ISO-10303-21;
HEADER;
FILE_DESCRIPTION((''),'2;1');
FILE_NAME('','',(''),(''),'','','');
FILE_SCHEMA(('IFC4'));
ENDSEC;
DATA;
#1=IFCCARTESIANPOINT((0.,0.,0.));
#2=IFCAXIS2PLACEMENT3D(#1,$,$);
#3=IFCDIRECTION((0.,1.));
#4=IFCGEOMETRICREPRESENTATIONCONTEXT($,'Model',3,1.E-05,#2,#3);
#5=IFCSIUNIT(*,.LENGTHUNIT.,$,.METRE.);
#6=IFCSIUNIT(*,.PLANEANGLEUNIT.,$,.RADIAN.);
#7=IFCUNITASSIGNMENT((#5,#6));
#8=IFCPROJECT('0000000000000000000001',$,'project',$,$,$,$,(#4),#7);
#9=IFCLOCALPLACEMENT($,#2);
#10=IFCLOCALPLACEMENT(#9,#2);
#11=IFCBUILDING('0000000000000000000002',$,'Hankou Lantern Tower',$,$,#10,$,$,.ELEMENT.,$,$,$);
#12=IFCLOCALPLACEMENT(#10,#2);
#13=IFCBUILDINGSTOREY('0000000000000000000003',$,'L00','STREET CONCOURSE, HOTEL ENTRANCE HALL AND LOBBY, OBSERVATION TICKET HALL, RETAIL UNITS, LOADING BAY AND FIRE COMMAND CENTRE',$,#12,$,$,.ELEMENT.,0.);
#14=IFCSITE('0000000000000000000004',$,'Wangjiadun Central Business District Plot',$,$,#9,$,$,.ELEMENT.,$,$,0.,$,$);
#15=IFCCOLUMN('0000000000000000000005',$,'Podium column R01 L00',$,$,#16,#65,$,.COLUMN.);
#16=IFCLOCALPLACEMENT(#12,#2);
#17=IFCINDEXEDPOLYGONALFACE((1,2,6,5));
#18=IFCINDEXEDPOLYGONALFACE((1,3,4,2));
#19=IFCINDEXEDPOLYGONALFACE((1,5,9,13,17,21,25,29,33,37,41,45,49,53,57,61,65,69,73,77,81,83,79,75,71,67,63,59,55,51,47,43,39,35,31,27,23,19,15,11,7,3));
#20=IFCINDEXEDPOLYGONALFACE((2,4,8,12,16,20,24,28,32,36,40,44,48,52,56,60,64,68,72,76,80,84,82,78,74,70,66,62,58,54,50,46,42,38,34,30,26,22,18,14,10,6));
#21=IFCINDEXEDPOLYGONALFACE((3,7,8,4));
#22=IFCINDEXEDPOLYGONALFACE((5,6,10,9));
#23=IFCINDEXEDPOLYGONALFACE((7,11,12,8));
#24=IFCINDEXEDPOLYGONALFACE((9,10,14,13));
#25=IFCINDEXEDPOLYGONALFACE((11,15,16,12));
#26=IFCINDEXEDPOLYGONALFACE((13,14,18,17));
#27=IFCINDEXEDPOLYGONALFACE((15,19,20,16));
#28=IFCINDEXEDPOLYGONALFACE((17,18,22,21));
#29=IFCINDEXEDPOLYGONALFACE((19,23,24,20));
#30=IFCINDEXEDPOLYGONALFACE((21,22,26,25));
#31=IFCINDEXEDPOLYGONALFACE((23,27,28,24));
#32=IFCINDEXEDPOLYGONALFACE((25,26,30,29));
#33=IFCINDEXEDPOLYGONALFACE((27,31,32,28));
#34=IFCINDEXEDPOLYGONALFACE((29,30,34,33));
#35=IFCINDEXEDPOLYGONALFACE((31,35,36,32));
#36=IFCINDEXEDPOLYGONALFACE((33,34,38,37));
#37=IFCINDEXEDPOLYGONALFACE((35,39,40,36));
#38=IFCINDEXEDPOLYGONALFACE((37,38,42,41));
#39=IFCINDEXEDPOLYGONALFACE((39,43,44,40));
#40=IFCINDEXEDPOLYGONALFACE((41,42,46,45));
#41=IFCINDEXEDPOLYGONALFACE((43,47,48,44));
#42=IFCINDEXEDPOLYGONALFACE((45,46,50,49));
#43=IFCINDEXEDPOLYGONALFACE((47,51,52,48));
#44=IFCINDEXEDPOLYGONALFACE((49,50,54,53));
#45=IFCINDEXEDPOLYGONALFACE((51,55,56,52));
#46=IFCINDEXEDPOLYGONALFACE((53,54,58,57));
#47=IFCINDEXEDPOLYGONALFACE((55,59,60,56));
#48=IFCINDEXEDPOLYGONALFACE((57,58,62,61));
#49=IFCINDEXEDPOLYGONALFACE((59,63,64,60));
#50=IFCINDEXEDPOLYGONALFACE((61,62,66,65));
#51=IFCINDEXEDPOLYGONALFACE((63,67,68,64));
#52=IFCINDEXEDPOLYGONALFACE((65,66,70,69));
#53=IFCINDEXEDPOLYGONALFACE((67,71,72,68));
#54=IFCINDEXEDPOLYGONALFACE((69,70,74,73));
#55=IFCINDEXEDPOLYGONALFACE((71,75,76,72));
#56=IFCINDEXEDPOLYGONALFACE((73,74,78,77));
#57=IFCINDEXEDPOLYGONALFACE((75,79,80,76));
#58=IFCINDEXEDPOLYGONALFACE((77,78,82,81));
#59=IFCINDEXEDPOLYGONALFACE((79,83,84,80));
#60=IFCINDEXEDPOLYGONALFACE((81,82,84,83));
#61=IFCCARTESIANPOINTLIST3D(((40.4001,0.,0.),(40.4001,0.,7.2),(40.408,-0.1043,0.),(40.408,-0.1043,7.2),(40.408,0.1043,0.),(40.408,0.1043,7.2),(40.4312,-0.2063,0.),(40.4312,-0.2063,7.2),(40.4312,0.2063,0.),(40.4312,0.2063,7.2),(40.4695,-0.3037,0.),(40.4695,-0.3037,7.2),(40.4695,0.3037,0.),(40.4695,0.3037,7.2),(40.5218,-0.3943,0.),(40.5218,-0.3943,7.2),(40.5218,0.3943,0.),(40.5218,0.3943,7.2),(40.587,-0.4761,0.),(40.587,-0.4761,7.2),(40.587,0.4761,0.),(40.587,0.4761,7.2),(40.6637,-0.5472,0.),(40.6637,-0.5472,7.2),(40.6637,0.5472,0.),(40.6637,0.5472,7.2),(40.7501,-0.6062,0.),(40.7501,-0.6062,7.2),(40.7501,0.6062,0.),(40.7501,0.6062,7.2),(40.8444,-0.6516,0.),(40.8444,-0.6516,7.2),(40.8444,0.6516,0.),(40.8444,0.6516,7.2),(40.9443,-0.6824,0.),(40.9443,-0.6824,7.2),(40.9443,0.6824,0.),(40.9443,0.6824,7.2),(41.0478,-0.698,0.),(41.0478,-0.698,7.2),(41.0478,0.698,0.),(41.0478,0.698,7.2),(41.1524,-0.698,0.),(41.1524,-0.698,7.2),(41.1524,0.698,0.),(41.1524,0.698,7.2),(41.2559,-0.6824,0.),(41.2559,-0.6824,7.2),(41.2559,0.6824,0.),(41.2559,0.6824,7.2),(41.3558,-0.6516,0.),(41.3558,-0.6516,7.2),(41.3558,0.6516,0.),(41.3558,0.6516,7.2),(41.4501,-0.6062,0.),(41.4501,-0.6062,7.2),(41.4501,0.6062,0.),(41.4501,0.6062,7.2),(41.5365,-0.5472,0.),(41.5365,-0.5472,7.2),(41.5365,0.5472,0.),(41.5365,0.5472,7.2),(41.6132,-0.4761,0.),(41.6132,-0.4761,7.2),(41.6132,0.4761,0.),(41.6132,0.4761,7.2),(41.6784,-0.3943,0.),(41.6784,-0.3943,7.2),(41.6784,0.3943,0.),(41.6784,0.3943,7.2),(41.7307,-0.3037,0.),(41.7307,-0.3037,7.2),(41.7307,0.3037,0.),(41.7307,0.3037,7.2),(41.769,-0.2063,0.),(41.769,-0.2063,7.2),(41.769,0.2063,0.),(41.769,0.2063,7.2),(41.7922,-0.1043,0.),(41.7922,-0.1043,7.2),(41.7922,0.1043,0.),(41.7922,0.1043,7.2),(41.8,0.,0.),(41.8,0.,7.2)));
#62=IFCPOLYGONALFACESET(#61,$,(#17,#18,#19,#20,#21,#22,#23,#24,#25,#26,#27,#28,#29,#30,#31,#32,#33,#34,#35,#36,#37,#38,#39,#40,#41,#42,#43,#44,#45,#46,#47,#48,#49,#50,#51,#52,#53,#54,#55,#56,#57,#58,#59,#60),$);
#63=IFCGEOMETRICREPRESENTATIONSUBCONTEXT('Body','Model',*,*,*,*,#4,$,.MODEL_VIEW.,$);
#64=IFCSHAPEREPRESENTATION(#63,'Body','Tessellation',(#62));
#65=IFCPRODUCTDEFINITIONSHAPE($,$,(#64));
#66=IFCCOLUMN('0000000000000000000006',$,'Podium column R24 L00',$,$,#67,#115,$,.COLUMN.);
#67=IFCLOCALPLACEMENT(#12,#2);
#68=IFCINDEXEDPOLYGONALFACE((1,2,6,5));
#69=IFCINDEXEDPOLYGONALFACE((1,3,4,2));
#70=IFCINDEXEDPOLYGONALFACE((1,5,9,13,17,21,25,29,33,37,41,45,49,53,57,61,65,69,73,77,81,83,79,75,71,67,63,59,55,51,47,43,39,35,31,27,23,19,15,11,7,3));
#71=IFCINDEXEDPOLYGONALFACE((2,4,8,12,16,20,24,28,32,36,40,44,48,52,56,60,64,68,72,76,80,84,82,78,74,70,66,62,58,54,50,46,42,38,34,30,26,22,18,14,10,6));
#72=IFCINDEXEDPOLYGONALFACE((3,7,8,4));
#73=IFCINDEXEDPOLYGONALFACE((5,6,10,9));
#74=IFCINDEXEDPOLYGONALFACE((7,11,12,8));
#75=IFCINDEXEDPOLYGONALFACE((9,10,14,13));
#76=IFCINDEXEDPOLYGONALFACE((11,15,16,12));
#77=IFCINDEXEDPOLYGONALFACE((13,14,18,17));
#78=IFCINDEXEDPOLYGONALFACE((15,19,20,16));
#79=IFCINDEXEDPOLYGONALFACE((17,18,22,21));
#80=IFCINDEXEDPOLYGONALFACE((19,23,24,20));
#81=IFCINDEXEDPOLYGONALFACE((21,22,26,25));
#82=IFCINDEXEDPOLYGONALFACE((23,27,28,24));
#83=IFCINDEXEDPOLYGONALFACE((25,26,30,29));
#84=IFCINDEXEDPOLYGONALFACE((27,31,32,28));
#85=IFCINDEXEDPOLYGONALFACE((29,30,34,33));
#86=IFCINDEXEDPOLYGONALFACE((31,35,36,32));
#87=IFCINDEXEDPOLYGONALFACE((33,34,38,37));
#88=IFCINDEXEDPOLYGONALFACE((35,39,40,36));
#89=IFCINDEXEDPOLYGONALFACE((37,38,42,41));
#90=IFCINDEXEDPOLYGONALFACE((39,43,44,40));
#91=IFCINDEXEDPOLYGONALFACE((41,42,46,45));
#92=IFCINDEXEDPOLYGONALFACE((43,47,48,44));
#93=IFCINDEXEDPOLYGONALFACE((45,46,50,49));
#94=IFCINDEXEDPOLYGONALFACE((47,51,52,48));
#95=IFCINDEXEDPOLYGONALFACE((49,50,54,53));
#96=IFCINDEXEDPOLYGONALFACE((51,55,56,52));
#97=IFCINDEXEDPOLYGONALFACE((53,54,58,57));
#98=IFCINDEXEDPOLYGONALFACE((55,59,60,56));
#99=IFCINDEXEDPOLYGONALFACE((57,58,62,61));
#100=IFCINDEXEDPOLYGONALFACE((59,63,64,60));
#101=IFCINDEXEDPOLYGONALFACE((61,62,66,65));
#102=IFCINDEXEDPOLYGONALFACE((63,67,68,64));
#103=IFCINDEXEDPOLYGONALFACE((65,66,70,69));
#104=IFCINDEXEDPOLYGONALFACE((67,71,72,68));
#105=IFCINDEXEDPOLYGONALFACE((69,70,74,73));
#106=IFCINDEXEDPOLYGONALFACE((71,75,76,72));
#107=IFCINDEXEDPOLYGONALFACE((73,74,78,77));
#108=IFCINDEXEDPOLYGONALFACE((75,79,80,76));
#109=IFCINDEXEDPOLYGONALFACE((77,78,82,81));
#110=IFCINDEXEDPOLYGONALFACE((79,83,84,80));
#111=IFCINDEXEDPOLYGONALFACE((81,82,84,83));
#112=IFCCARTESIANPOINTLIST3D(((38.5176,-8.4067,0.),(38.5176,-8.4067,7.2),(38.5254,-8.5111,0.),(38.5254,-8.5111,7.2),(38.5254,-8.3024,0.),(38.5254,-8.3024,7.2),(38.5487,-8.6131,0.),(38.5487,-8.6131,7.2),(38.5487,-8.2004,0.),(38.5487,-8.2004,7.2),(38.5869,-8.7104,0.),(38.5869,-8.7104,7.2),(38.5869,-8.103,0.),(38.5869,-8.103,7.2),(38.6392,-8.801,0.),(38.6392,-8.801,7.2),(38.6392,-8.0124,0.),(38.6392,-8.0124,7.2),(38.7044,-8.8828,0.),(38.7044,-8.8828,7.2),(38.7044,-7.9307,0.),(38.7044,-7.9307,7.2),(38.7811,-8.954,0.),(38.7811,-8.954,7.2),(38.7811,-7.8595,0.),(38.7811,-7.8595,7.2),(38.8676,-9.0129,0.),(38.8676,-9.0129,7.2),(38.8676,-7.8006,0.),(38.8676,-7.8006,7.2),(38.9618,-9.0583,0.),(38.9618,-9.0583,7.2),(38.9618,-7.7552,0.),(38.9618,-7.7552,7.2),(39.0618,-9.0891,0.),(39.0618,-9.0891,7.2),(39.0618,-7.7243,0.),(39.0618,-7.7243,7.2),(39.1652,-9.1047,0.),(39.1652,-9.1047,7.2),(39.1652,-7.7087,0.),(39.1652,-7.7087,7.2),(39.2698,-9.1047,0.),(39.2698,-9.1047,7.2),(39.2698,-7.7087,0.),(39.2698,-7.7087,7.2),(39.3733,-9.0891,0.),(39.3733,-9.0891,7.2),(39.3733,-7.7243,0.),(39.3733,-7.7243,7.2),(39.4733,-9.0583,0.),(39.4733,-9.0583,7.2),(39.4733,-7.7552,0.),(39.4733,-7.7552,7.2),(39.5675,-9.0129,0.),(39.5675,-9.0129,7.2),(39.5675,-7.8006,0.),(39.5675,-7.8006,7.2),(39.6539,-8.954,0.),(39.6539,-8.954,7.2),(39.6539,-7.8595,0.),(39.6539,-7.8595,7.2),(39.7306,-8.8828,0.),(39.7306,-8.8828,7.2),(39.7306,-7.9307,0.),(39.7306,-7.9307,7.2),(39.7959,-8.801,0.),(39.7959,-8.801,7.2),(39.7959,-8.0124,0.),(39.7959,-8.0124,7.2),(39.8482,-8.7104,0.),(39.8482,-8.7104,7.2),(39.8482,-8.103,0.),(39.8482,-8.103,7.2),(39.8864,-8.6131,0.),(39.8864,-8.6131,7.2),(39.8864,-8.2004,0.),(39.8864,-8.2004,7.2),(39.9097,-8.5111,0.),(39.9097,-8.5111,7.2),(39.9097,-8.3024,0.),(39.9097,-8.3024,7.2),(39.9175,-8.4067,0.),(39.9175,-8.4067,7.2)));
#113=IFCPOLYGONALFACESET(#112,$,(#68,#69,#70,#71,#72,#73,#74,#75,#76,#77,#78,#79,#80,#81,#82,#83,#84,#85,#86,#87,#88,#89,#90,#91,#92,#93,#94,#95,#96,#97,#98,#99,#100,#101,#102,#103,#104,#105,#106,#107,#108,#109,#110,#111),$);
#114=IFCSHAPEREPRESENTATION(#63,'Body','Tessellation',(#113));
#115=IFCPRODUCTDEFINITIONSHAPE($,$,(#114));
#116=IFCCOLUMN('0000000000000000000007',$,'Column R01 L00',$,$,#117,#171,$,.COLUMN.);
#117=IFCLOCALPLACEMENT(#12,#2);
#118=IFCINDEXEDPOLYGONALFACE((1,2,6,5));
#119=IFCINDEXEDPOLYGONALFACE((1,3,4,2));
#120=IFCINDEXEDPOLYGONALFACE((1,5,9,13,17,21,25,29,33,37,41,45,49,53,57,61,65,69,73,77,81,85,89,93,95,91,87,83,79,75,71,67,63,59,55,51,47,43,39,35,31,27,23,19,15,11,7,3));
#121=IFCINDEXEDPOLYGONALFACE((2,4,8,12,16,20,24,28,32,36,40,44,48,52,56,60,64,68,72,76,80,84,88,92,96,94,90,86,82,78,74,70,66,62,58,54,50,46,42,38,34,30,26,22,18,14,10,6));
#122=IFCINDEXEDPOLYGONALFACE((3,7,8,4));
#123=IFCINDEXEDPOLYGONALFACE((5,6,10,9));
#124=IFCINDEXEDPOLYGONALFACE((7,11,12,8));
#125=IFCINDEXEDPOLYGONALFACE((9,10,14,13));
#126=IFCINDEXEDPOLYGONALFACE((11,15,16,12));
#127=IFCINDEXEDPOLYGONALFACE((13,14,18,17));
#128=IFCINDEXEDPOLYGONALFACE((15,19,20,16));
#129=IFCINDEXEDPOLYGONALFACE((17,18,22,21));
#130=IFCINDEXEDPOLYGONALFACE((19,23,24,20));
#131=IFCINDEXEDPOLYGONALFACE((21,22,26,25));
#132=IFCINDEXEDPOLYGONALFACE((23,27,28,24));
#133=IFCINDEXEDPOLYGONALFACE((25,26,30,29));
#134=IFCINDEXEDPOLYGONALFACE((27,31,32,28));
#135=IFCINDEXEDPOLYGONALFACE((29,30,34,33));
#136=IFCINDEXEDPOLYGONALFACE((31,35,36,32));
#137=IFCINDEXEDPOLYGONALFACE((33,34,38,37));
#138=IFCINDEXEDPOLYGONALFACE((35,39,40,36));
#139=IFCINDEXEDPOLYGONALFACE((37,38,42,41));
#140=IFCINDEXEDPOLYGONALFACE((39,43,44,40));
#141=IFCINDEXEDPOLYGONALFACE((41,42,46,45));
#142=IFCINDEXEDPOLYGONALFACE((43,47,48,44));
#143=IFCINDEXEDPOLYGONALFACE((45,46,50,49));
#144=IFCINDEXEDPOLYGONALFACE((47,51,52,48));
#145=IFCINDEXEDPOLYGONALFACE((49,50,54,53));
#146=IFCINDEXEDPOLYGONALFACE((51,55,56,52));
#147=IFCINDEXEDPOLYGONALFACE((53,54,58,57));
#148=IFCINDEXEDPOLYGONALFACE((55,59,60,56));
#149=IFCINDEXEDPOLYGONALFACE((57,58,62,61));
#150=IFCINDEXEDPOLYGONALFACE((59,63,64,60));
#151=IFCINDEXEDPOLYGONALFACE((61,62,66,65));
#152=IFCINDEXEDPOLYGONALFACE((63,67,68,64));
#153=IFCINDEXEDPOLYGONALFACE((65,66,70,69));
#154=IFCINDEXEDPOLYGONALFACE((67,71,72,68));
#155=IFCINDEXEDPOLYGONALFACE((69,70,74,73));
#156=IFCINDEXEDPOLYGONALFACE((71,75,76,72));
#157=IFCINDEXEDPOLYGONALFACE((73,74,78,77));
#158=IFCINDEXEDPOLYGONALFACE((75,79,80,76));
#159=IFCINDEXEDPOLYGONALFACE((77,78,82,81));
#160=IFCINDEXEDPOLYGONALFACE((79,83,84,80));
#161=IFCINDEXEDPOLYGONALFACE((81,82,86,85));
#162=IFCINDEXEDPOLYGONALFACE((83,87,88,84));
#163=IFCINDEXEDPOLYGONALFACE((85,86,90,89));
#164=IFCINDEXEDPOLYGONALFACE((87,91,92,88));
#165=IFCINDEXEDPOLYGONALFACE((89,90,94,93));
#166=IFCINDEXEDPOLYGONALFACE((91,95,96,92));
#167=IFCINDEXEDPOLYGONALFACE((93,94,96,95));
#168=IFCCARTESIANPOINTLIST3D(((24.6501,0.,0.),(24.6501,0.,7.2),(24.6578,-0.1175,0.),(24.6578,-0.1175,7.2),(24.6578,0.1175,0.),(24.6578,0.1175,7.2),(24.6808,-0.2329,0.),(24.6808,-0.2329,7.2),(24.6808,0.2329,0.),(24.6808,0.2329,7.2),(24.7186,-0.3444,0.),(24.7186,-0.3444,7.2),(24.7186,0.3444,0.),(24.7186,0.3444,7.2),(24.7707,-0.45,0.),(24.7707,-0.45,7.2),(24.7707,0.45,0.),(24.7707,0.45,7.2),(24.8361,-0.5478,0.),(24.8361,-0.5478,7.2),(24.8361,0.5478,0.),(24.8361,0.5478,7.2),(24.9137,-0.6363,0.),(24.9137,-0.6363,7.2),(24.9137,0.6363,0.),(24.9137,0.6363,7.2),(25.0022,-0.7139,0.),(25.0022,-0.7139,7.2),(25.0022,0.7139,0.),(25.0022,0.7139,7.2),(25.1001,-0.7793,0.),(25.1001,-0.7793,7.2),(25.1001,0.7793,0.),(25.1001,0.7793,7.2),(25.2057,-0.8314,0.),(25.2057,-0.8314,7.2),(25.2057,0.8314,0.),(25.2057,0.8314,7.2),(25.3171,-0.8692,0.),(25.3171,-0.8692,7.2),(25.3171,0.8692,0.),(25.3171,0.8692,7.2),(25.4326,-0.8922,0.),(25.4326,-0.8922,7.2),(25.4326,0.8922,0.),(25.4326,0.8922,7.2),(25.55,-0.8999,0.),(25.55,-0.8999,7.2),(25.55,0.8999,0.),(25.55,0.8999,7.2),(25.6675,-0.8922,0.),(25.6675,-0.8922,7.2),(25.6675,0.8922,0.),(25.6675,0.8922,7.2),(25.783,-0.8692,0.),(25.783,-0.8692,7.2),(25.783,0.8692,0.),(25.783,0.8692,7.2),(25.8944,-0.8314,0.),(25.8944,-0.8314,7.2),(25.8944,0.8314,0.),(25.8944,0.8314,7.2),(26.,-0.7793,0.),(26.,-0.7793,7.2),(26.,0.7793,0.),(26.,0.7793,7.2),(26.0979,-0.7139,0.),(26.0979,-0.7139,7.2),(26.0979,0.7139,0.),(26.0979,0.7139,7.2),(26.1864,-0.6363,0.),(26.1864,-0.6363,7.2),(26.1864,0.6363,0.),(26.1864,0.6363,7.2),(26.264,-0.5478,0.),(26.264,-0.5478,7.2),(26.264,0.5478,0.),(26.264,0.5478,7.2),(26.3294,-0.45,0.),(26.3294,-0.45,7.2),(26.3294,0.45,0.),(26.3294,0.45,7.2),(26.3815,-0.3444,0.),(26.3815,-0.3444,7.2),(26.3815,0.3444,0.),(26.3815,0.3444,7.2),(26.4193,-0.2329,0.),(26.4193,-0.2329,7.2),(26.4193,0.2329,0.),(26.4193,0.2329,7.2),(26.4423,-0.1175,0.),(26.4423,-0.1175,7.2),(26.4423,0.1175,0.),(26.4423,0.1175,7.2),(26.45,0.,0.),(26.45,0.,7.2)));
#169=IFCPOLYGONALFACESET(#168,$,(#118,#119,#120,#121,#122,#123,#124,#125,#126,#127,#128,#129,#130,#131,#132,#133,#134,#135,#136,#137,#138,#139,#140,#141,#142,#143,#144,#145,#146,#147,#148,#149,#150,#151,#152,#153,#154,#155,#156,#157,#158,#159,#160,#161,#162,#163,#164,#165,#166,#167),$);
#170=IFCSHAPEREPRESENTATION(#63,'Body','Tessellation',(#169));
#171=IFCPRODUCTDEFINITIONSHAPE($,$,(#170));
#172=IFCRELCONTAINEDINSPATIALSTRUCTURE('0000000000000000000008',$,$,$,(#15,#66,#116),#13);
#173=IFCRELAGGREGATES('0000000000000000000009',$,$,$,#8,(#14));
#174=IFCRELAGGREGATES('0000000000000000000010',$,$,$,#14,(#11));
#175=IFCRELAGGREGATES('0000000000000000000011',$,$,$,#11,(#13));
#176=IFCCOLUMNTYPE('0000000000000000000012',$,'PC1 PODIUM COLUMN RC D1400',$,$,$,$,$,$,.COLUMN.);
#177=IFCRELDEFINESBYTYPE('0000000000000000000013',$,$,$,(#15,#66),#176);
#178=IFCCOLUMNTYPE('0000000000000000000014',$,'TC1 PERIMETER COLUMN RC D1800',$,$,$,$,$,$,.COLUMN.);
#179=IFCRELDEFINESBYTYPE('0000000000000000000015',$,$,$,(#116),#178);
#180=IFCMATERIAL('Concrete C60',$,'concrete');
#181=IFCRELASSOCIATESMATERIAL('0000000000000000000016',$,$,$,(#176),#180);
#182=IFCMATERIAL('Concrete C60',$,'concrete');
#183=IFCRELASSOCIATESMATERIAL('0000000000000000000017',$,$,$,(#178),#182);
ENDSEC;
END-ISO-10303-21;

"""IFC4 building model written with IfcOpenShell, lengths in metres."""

from ifc_helpers import new_model, si_unit, direction, frame, origin, origin_2d, place, context, subcontext, project, spatial, circle, extrude, material, material_profile, profile_set, type_object, element, save


model = new_model("IFC4")

# Units and contexts
model_context = context("Model", 3, precision=1e-05, world=origin(), true_north=direction((0.0, 1.0)))
body_context = subcontext(model_context, "Body", "Model", "MODEL_VIEW")
ifc_project = project(units=[si_unit("LENGTHUNIT", "METRE"), si_unit("PLANEANGLEUNIT", "RADIAN")], contexts=[model_context])

# Site, building, storey
site_placement = place(None, origin())
site = spatial("IfcSite", under=ifc_project, at=site_placement, Name="Wangjiadun Central Business District Plot", CompositionType="ELEMENT", RefElevation=0.0)
building_placement = place(site_placement, origin())
building = spatial("IfcBuilding", under=site, at=building_placement, Name="Hankou Lantern Tower", CompositionType="ELEMENT")
storey_placement = place(building_placement, origin())
storey = spatial("IfcBuildingStorey", under=building, at=storey_placement, Name="L00", Description="STREET CONCOURSE, HOTEL ENTRANCE HALL AND LOBBY, OBSERVATION TICKET HALL, RETAIL UNITS, LOADING BAY AND FIRE COMMAND CENTRE", CompositionType="ELEMENT", Elevation=0.0)

# Columns
ifc_material_1 = material(Name="Concrete C60", Category="concrete")
ifc_material_profile_1 = material_profile(ifc_material_1, circle(Radius=0.7, at=origin_2d()), Name="RC D1400")
ifc_profile_set_1 = profile_set([ifc_material_profile_1], Name="Concrete C60")
column_type_1 = type_object("IfcColumnType", Name="PC1 PODIUM COLUMN RC D1400", PredefinedType="COLUMN", material=ifc_profile_set_1)
for number, where, z_axis, x_axis, name in (
    (1, (41.1001, 0.0, 0.0), (0.0, 0.0, 1.0), (1.0, 0.0, 0.0), "Podium column R01 L00"),
    (2, (39.2175, -8.4067, 0.0), (0.0, 0.0, 1.0), (1.0, 0.0, 0.0), "Podium column R24 L00"),
):
    element("IfcColumn", number, at=place(storey_placement, frame(where, z_axis=z_axis, x_axis=x_axis)), inside=storey, type_object=column_type_1, Name=name, PredefinedType="COLUMN", context=body_context, shape_type="SweptSolid", body=[
        extrude(circle(Radius=0.7, at=origin_2d()), origin(), (0.0, 0.0, 1.0), 7.2),
    ])
ifc_material_2 = material(Name="Concrete C60", Category="concrete")
ifc_material_profile_2 = material_profile(ifc_material_2, circle(Radius=0.8999, at=origin_2d()), Name="RC D1800")
ifc_profile_set_2 = profile_set([ifc_material_profile_2], Name="Concrete C60")
column_type_2 = type_object("IfcColumnType", Name="TC1 PERIMETER COLUMN RC D1800", PredefinedType="COLUMN", material=ifc_profile_set_2)
for number, where, z_axis, x_axis, name in (
    (3, (25.55, 0.0, 0.0), (0.0, 0.0, 1.0), (1.0, 0.0, 0.0), "Column R01 L00"),
):
    element("IfcColumn", number, at=place(storey_placement, frame(where, z_axis=z_axis, x_axis=x_axis)), inside=storey, type_object=column_type_2, Name=name, PredefinedType="COLUMN", context=body_context, shape_type="SweptSolid", body=[
        extrude(circle(Radius=0.8999, at=origin_2d()), origin(), (0.0, 0.0, 1.0), 7.2),
    ])

save(model, "model.ifc")
